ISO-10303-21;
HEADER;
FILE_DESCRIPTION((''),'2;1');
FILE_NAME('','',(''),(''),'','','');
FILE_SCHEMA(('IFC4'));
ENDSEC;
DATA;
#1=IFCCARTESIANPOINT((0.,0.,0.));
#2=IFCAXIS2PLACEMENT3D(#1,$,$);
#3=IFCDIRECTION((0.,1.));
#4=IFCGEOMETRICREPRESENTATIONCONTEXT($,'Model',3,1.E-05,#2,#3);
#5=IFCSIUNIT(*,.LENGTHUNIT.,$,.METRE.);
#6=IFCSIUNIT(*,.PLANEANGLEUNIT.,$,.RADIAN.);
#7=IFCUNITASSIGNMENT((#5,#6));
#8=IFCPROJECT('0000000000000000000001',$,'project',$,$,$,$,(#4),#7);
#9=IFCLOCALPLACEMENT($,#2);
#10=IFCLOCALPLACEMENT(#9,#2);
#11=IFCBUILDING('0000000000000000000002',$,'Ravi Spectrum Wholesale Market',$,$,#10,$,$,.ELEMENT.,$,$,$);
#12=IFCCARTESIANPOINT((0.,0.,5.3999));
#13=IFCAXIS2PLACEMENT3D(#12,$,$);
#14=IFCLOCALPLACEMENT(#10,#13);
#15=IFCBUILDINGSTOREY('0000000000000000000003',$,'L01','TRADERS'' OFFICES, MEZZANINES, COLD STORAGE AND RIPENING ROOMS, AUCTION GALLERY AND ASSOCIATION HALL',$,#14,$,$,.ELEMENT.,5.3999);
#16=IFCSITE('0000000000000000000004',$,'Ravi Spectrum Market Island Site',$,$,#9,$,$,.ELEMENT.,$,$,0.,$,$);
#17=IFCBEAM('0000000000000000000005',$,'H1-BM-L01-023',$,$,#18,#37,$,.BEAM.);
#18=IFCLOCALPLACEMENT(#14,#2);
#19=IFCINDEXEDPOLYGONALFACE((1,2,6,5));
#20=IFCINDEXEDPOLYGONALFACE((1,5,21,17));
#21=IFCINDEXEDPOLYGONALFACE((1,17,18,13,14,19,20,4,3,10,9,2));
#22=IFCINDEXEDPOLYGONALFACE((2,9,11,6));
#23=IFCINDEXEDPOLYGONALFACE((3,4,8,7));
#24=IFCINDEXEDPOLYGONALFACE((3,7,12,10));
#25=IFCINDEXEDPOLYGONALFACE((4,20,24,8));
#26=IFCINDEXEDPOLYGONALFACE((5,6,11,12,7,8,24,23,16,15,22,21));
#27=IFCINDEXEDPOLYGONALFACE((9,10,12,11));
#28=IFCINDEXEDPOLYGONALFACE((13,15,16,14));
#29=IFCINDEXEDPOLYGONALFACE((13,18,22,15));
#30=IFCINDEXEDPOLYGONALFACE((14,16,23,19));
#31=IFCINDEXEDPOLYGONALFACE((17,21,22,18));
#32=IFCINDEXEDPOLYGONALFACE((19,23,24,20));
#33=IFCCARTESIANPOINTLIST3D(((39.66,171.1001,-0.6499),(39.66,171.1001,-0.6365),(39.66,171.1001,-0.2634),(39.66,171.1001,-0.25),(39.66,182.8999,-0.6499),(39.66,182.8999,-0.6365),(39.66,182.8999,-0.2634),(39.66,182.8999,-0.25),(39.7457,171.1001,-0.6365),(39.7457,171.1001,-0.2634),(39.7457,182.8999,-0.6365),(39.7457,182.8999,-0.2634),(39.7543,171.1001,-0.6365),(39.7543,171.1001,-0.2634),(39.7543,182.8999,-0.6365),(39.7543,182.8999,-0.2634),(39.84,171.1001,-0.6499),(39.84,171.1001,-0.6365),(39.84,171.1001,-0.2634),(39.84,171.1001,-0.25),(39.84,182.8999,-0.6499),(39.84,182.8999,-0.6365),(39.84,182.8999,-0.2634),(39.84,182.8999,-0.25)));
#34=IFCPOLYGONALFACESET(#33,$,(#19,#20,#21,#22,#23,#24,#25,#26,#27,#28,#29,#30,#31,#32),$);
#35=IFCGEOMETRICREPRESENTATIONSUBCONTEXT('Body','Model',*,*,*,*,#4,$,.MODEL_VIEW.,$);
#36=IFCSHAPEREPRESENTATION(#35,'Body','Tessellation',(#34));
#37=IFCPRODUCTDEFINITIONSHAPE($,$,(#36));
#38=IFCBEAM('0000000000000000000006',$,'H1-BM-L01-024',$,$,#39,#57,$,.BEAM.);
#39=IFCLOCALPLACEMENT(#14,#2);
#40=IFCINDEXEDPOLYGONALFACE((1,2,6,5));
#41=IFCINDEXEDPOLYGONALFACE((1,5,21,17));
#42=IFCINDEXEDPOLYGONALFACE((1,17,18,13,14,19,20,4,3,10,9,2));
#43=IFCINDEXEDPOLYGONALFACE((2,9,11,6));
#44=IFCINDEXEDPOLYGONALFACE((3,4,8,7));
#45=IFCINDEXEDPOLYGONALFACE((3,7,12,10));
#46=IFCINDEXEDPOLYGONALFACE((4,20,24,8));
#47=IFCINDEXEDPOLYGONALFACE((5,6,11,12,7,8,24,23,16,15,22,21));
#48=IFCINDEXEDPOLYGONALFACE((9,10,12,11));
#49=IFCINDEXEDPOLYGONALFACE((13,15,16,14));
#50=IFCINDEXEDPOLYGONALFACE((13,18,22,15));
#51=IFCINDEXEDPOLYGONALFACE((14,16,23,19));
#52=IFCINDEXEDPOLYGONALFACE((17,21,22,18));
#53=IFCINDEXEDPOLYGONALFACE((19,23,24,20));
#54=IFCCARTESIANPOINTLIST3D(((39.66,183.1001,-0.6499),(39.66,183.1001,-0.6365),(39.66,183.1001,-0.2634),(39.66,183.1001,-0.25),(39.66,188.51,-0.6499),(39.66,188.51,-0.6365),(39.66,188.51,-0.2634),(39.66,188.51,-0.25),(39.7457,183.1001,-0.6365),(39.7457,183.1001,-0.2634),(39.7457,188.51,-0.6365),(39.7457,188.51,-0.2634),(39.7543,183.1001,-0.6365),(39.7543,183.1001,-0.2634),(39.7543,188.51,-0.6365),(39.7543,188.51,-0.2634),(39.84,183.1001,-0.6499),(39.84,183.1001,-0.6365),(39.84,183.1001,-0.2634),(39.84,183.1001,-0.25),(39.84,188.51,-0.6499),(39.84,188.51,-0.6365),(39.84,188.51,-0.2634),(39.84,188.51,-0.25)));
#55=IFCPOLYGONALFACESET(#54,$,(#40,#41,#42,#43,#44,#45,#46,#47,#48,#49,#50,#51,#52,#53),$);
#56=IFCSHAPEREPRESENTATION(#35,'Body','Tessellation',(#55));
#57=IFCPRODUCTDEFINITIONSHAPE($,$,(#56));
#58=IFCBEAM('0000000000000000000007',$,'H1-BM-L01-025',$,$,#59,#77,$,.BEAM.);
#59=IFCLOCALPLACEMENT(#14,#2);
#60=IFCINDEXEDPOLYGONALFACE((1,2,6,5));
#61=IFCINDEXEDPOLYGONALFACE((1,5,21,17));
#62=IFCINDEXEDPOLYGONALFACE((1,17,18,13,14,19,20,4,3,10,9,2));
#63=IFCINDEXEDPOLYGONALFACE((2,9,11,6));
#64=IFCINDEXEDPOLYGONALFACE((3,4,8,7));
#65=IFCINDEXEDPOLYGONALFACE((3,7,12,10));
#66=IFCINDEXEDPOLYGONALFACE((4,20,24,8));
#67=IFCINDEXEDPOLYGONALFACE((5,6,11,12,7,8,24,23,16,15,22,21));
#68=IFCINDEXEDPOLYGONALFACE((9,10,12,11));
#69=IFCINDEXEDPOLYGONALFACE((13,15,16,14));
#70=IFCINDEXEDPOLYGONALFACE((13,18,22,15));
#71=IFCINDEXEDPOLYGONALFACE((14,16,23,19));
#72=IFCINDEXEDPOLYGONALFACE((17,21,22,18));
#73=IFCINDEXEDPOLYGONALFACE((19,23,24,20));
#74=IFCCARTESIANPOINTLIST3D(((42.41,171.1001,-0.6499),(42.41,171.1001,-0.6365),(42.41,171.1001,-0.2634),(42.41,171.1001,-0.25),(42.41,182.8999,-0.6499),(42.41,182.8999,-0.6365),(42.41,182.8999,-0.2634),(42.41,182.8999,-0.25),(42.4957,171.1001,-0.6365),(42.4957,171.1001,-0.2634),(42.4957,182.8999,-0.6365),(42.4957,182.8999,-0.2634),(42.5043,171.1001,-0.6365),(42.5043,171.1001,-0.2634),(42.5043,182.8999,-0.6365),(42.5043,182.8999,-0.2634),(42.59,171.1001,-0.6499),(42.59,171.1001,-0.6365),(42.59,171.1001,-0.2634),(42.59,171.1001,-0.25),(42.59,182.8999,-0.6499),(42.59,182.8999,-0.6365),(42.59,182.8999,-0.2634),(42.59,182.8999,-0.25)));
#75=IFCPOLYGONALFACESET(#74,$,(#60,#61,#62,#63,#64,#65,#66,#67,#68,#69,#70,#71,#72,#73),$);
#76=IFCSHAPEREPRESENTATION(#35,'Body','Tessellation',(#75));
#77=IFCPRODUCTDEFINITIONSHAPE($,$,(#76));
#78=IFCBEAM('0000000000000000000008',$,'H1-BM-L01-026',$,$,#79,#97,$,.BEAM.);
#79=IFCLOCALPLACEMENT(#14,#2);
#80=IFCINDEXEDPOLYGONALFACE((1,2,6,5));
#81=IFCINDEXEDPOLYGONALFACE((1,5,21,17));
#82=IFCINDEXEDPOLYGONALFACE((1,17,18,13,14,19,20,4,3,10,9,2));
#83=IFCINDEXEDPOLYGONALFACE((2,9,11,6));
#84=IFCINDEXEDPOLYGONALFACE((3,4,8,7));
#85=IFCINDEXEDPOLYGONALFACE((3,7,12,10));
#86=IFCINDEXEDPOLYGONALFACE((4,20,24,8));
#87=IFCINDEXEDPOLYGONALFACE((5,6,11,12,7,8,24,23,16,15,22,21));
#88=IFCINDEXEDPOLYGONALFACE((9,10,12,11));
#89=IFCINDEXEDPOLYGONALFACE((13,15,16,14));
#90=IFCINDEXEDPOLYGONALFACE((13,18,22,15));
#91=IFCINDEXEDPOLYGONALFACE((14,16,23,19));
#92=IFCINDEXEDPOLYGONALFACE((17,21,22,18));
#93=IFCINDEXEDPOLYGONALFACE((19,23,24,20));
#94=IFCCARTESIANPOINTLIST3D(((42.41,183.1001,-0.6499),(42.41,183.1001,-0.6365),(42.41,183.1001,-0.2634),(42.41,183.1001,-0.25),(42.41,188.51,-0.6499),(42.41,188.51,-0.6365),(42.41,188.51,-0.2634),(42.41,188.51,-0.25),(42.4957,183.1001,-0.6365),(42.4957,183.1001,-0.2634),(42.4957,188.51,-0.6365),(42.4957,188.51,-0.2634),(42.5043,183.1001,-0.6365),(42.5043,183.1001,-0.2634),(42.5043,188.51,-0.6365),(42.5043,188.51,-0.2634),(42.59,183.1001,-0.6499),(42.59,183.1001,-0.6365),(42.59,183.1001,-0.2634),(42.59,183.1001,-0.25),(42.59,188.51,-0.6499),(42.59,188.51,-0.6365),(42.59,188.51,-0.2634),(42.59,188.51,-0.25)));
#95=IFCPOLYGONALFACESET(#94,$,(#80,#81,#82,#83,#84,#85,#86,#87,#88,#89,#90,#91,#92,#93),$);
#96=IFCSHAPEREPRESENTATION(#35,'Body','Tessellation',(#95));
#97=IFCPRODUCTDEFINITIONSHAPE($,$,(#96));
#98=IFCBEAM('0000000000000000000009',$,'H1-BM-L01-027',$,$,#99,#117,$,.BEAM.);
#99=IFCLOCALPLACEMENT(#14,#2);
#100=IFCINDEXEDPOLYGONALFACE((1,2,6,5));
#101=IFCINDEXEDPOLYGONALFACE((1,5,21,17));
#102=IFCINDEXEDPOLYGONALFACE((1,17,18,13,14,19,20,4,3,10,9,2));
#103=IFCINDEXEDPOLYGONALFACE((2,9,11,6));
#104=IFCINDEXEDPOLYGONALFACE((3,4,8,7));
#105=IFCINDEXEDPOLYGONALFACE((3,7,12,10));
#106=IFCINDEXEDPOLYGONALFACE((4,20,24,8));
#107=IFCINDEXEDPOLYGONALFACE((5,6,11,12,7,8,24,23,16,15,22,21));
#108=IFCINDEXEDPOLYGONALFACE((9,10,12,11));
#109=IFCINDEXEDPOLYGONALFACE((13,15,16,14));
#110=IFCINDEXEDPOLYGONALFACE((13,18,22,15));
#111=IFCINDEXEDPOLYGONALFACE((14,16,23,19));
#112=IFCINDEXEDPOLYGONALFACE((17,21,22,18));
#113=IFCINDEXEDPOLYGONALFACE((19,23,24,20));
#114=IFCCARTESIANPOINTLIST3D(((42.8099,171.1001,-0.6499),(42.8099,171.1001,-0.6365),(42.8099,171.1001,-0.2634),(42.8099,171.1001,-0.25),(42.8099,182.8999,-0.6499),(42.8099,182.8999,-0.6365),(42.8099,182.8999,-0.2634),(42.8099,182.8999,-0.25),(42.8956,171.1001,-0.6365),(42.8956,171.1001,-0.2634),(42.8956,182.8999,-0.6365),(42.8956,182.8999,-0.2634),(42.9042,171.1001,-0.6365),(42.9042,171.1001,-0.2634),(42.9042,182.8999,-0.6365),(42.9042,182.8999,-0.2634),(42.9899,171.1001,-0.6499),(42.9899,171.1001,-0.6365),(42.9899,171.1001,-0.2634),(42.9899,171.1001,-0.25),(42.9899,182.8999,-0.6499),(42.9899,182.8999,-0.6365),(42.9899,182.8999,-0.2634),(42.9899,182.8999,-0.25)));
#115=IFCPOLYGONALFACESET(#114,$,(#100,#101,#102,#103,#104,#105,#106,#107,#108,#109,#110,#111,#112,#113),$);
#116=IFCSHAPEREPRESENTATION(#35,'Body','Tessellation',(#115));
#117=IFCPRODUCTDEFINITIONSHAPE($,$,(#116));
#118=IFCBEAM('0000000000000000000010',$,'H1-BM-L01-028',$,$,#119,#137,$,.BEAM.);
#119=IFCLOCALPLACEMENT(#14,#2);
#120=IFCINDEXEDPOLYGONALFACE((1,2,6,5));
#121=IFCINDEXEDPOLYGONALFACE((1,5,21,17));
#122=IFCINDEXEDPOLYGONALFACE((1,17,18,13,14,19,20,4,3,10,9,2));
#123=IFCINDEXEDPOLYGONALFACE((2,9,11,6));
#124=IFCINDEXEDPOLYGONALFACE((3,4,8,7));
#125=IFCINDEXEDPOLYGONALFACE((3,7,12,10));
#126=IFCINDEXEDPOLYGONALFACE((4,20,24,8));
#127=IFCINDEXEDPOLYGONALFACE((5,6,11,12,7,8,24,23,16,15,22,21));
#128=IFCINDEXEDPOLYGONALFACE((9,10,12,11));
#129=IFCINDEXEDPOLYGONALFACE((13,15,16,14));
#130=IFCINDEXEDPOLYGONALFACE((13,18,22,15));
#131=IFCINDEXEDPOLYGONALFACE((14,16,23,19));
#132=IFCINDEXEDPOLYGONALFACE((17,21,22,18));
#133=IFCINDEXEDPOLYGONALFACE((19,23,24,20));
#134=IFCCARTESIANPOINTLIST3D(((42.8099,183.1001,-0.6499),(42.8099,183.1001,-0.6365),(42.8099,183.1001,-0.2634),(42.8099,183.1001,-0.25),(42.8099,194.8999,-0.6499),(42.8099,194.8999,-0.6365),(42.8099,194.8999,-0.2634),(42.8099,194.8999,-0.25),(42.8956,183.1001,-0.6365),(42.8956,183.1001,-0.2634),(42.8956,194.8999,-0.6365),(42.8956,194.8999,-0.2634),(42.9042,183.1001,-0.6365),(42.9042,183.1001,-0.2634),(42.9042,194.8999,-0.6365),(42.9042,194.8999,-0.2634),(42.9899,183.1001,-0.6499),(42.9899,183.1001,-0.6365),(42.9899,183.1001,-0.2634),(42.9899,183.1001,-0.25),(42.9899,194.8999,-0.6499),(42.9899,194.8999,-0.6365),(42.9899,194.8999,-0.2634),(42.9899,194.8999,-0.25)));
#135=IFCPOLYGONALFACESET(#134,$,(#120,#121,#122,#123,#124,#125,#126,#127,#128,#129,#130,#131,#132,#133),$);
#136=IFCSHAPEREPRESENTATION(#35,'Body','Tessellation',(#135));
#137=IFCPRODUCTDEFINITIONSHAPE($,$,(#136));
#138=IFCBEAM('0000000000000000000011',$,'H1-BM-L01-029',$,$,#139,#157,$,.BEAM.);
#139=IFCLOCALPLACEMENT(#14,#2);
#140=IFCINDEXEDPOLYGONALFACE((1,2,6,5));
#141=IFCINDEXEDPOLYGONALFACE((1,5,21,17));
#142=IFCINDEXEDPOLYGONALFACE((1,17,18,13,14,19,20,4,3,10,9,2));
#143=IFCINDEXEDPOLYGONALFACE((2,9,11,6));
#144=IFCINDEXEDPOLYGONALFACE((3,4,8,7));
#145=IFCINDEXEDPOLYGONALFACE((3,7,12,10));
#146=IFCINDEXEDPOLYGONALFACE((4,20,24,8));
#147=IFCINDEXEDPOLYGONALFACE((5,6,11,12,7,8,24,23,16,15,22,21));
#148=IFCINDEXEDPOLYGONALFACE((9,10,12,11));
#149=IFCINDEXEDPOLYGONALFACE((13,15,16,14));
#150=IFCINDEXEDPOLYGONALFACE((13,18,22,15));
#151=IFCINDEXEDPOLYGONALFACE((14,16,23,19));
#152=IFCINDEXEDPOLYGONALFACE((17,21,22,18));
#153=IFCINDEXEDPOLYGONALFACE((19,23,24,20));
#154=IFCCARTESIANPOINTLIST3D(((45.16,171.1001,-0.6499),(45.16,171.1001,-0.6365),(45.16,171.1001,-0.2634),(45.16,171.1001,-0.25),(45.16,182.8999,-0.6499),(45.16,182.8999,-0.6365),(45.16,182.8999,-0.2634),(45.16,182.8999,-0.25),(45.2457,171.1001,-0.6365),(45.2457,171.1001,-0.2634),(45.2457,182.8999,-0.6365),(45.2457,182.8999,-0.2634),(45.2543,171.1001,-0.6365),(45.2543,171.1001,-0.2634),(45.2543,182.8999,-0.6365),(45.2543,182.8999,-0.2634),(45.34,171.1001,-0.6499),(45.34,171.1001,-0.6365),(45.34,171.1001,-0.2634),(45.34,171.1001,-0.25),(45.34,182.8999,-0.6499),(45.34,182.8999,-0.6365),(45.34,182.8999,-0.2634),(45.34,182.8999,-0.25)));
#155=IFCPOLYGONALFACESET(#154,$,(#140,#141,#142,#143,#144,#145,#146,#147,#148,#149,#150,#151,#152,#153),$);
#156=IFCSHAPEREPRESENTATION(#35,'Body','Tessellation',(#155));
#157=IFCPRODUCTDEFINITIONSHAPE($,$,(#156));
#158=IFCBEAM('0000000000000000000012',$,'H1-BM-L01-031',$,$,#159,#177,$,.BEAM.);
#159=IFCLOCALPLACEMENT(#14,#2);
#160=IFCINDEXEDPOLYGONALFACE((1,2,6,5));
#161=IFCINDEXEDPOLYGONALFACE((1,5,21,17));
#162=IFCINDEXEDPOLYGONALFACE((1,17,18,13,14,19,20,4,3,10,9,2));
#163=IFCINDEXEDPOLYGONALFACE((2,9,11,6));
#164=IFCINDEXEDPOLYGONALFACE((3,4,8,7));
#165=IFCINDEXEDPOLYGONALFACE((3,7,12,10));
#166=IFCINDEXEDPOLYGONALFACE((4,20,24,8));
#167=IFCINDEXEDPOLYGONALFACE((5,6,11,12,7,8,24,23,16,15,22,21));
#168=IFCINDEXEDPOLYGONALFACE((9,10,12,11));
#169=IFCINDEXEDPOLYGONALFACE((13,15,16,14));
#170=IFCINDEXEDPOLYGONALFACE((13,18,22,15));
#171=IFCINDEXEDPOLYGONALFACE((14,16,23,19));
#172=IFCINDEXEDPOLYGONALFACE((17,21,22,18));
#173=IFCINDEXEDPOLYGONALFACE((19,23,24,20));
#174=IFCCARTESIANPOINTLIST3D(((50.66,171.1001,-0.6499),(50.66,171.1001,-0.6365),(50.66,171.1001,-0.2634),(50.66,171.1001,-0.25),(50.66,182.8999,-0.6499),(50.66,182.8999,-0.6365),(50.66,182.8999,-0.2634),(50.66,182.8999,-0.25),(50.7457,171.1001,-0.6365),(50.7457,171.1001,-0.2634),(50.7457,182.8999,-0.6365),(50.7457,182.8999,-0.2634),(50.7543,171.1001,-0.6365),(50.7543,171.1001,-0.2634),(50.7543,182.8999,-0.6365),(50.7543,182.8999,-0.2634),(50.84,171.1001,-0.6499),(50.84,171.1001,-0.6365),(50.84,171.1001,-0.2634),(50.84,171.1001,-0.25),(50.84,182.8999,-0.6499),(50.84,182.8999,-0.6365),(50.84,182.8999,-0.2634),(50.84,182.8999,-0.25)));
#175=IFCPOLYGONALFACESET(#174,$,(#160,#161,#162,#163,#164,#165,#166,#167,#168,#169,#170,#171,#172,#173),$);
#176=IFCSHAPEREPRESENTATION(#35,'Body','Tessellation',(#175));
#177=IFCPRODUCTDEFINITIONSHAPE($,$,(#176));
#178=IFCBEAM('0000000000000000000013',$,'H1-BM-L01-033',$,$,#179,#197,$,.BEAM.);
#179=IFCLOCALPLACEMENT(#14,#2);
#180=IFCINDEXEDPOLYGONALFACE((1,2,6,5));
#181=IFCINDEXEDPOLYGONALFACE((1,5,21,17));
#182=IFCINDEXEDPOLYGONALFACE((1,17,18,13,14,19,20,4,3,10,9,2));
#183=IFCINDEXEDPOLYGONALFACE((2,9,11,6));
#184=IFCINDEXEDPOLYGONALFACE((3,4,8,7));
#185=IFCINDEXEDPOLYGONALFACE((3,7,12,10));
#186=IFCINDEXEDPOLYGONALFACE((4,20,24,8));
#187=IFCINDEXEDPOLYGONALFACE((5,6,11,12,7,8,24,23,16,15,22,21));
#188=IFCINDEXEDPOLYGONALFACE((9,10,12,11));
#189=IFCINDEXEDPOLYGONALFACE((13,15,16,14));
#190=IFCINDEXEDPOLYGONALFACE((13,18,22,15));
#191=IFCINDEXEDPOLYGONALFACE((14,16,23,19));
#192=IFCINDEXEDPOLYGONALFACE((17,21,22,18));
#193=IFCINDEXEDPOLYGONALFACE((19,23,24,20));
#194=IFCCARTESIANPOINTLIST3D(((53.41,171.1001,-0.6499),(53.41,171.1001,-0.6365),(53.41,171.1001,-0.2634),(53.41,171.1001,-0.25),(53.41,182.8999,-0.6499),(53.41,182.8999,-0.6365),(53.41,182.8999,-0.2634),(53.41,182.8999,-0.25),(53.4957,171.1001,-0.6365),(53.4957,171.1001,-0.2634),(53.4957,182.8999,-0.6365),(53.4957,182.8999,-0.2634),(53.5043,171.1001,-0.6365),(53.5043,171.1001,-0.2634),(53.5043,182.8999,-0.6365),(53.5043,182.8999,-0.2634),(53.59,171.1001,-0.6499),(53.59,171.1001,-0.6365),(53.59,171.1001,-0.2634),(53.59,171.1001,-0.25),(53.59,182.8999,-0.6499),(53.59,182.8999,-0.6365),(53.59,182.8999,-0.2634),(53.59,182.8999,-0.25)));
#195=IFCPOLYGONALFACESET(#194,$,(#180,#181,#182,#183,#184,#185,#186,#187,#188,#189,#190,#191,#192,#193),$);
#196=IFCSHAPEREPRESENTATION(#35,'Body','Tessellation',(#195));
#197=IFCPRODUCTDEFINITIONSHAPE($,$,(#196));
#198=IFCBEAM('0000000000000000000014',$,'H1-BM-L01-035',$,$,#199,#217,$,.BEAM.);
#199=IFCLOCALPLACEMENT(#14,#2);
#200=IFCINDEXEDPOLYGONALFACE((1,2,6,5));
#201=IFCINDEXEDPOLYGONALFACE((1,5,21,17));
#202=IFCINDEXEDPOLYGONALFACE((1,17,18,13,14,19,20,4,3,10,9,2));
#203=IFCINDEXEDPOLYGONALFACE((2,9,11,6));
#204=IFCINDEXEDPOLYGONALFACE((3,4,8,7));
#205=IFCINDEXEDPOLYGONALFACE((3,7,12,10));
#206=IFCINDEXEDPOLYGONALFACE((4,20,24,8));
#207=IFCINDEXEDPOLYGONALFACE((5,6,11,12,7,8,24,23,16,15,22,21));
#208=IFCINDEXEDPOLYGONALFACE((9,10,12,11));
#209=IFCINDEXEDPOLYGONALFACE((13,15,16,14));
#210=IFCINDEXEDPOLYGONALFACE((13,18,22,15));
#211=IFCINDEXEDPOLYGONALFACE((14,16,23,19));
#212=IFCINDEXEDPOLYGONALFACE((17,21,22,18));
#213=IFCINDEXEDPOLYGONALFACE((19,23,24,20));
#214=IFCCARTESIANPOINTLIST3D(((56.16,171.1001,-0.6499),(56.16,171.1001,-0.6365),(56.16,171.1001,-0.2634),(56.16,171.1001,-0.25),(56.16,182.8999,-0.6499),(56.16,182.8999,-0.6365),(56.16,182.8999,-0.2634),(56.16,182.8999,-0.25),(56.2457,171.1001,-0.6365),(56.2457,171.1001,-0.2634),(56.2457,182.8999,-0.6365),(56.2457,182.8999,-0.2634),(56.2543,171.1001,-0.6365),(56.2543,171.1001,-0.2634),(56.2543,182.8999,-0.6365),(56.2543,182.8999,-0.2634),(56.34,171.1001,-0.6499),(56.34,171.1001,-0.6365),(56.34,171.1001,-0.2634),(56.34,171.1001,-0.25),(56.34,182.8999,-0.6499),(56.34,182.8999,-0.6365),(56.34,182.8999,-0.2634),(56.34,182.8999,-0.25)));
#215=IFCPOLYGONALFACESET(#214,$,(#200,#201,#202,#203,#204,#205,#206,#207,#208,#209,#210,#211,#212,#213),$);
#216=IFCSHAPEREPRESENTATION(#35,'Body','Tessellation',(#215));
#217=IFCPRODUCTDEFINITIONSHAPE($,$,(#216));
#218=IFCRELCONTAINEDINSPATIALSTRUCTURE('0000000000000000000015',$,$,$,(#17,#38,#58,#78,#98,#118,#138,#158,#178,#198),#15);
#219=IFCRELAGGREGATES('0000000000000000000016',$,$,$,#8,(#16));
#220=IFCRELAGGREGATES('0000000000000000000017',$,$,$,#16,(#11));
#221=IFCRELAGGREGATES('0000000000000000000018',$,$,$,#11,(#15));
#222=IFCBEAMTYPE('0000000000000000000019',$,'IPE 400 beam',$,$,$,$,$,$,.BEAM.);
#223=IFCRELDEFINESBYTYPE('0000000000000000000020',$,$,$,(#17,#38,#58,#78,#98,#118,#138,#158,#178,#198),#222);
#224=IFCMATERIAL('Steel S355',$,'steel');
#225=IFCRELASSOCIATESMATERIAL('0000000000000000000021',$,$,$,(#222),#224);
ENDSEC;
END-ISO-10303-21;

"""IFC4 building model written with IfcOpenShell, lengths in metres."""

from ifc_helpers import new_model, si_unit, direction, frame, origin, origin_2d, place, context, subcontext, project, spatial, i_section, extrude, material, material_profile, profile_set, type_object, element, save


model = new_model("IFC4")

# Units and contexts
model_context = context("Model", 3, precision=1e-05, world=origin(), true_north=direction((0.0, 1.0)))
body_context = subcontext(model_context, "Body", "Model", "MODEL_VIEW")
ifc_project = project(units=[si_unit("LENGTHUNIT", "METRE"), si_unit("PLANEANGLEUNIT", "RADIAN")], contexts=[model_context])

# Site, building, storey
site_placement = place(None, origin())
site = spatial("IfcSite", under=ifc_project, at=site_placement, Name="Ravi Spectrum Market Island Site", CompositionType="ELEMENT", RefElevation=0.0)
building_placement = place(site_placement, origin())
building = spatial("IfcBuilding", under=site, at=building_placement, Name="Ravi Spectrum Wholesale Market", CompositionType="ELEMENT")
storey_placement = place(building_placement, frame((0.0, 0.0, 5.3999)))
storey = spatial("IfcBuildingStorey", under=building, at=storey_placement, Name="L01", Description="TRADERS' OFFICES, MEZZANINES, COLD STORAGE AND RIPENING ROOMS, AUCTION GALLERY AND ASSOCIATION HALL", CompositionType="ELEMENT", Elevation=5.3999)

# Beams
ifc_material_1 = material(Name="Steel S355", Category="steel")
ifc_material_profile_1 = material_profile(ifc_material_1, i_section(OverallWidth=0.1799, OverallDepth=0.3999, WebThickness=0.0085, FlangeThickness=0.0134, at=origin_2d()))
ifc_profile_set_1 = profile_set([ifc_material_profile_1], Name="Steel S355")
beam_type_1 = type_object("IfcBeamType", Name="IPE 400 beam", PredefinedType="BEAM", material=ifc_profile_set_1)
beam_1_placement = place(storey_placement, frame((39.75, 171.1001, -0.45), z_axis=(0.0, 1.0, 0.0), x_axis=(-1.0, 0.0, 0.0)))
element("IfcBeam", 1, at=beam_1_placement, inside=storey, type_object=beam_type_1, Name="H1-BM-L01-023", PredefinedType="BEAM", context=body_context, shape_type="SweptSolid", body=[
    extrude(i_section(OverallWidth=0.1799, OverallDepth=0.3999, WebThickness=0.0085, FlangeThickness=0.0134, at=origin_2d()), origin(), (0.0, 0.0, 1.0), 11.7998),
])
beam_2_placement = place(storey_placement, frame((39.75, 183.1001, -0.45), z_axis=(0.0, 1.0, 0.0), x_axis=(-1.0, 0.0, 0.0)))
element("IfcBeam", 2, at=beam_2_placement, inside=storey, type_object=beam_type_1, Name="H1-BM-L01-024", PredefinedType="BEAM", context=body_context, shape_type="SweptSolid", body=[
    extrude(i_section(OverallWidth=0.1799, OverallDepth=0.3999, WebThickness=0.0085, FlangeThickness=0.0134, at=origin_2d()), origin(), (0.0, 0.0, 1.0), 5.4099),
])
beam_3_placement = place(storey_placement, frame((42.5, 171.1001, -0.45), z_axis=(0.0, 1.0, 0.0), x_axis=(-1.0, 0.0, 0.0)))
element("IfcBeam", 3, at=beam_3_placement, inside=storey, type_object=beam_type_1, Name="H1-BM-L01-025", PredefinedType="BEAM", context=body_context, shape_type="SweptSolid", body=[
    extrude(i_section(OverallWidth=0.1799, OverallDepth=0.3999, WebThickness=0.0085, FlangeThickness=0.0134, at=origin_2d()), origin(), (0.0, 0.0, 1.0), 11.7998),
])
beam_4_placement = place(storey_placement, frame((42.5, 183.1001, -0.45), z_axis=(0.0, 1.0, 0.0), x_axis=(-1.0, 0.0, 0.0)))
element("IfcBeam", 4, at=beam_4_placement, inside=storey, type_object=beam_type_1, Name="H1-BM-L01-026", PredefinedType="BEAM", context=body_context, shape_type="SweptSolid", body=[
    extrude(i_section(OverallWidth=0.1799, OverallDepth=0.3999, WebThickness=0.0085, FlangeThickness=0.0134, at=origin_2d()), origin(), (0.0, 0.0, 1.0), 5.4099),
])
for number, where, z_axis, x_axis, name in (
    (5, (42.8999, 171.1001, -0.45), (0.0, 1.0, 0.0), (-1.0, 0.0, 0.0), "H1-BM-L01-027"),
    (6, (42.8999, 183.1001, -0.45), (0.0, 1.0, 0.0), (-1.0, 0.0, 0.0), "H1-BM-L01-028"),
    (7, (45.25, 171.1001, -0.45), (0.0, 1.0, 0.0), (-1.0, 0.0, 0.0), "H1-BM-L01-029"),
    (8, (50.75, 171.1001, -0.45), (0.0, 1.0, 0.0), (-1.0, 0.0, 0.0), "H1-BM-L01-031"),
    (9, (53.5, 171.1001, -0.45), (0.0, 1.0, 0.0), (-1.0, 0.0, 0.0), "H1-BM-L01-033"),
    (10, (56.25, 171.1001, -0.45), (0.0, 1.0, 0.0), (-1.0, 0.0, 0.0), "H1-BM-L01-035"),
):
    element("IfcBeam", number, at=place(storey_placement, frame(where, z_axis=z_axis, x_axis=x_axis)), inside=storey, type_object=beam_type_1, Name=name, PredefinedType="BEAM", context=body_context, shape_type="SweptSolid", body=[
        extrude(i_section(OverallWidth=0.1799, OverallDepth=0.3999, WebThickness=0.0085, FlangeThickness=0.0134, at=origin_2d()), origin(), (0.0, 0.0, 1.0), 11.7998),
    ])

save(model, "model.ifc")
